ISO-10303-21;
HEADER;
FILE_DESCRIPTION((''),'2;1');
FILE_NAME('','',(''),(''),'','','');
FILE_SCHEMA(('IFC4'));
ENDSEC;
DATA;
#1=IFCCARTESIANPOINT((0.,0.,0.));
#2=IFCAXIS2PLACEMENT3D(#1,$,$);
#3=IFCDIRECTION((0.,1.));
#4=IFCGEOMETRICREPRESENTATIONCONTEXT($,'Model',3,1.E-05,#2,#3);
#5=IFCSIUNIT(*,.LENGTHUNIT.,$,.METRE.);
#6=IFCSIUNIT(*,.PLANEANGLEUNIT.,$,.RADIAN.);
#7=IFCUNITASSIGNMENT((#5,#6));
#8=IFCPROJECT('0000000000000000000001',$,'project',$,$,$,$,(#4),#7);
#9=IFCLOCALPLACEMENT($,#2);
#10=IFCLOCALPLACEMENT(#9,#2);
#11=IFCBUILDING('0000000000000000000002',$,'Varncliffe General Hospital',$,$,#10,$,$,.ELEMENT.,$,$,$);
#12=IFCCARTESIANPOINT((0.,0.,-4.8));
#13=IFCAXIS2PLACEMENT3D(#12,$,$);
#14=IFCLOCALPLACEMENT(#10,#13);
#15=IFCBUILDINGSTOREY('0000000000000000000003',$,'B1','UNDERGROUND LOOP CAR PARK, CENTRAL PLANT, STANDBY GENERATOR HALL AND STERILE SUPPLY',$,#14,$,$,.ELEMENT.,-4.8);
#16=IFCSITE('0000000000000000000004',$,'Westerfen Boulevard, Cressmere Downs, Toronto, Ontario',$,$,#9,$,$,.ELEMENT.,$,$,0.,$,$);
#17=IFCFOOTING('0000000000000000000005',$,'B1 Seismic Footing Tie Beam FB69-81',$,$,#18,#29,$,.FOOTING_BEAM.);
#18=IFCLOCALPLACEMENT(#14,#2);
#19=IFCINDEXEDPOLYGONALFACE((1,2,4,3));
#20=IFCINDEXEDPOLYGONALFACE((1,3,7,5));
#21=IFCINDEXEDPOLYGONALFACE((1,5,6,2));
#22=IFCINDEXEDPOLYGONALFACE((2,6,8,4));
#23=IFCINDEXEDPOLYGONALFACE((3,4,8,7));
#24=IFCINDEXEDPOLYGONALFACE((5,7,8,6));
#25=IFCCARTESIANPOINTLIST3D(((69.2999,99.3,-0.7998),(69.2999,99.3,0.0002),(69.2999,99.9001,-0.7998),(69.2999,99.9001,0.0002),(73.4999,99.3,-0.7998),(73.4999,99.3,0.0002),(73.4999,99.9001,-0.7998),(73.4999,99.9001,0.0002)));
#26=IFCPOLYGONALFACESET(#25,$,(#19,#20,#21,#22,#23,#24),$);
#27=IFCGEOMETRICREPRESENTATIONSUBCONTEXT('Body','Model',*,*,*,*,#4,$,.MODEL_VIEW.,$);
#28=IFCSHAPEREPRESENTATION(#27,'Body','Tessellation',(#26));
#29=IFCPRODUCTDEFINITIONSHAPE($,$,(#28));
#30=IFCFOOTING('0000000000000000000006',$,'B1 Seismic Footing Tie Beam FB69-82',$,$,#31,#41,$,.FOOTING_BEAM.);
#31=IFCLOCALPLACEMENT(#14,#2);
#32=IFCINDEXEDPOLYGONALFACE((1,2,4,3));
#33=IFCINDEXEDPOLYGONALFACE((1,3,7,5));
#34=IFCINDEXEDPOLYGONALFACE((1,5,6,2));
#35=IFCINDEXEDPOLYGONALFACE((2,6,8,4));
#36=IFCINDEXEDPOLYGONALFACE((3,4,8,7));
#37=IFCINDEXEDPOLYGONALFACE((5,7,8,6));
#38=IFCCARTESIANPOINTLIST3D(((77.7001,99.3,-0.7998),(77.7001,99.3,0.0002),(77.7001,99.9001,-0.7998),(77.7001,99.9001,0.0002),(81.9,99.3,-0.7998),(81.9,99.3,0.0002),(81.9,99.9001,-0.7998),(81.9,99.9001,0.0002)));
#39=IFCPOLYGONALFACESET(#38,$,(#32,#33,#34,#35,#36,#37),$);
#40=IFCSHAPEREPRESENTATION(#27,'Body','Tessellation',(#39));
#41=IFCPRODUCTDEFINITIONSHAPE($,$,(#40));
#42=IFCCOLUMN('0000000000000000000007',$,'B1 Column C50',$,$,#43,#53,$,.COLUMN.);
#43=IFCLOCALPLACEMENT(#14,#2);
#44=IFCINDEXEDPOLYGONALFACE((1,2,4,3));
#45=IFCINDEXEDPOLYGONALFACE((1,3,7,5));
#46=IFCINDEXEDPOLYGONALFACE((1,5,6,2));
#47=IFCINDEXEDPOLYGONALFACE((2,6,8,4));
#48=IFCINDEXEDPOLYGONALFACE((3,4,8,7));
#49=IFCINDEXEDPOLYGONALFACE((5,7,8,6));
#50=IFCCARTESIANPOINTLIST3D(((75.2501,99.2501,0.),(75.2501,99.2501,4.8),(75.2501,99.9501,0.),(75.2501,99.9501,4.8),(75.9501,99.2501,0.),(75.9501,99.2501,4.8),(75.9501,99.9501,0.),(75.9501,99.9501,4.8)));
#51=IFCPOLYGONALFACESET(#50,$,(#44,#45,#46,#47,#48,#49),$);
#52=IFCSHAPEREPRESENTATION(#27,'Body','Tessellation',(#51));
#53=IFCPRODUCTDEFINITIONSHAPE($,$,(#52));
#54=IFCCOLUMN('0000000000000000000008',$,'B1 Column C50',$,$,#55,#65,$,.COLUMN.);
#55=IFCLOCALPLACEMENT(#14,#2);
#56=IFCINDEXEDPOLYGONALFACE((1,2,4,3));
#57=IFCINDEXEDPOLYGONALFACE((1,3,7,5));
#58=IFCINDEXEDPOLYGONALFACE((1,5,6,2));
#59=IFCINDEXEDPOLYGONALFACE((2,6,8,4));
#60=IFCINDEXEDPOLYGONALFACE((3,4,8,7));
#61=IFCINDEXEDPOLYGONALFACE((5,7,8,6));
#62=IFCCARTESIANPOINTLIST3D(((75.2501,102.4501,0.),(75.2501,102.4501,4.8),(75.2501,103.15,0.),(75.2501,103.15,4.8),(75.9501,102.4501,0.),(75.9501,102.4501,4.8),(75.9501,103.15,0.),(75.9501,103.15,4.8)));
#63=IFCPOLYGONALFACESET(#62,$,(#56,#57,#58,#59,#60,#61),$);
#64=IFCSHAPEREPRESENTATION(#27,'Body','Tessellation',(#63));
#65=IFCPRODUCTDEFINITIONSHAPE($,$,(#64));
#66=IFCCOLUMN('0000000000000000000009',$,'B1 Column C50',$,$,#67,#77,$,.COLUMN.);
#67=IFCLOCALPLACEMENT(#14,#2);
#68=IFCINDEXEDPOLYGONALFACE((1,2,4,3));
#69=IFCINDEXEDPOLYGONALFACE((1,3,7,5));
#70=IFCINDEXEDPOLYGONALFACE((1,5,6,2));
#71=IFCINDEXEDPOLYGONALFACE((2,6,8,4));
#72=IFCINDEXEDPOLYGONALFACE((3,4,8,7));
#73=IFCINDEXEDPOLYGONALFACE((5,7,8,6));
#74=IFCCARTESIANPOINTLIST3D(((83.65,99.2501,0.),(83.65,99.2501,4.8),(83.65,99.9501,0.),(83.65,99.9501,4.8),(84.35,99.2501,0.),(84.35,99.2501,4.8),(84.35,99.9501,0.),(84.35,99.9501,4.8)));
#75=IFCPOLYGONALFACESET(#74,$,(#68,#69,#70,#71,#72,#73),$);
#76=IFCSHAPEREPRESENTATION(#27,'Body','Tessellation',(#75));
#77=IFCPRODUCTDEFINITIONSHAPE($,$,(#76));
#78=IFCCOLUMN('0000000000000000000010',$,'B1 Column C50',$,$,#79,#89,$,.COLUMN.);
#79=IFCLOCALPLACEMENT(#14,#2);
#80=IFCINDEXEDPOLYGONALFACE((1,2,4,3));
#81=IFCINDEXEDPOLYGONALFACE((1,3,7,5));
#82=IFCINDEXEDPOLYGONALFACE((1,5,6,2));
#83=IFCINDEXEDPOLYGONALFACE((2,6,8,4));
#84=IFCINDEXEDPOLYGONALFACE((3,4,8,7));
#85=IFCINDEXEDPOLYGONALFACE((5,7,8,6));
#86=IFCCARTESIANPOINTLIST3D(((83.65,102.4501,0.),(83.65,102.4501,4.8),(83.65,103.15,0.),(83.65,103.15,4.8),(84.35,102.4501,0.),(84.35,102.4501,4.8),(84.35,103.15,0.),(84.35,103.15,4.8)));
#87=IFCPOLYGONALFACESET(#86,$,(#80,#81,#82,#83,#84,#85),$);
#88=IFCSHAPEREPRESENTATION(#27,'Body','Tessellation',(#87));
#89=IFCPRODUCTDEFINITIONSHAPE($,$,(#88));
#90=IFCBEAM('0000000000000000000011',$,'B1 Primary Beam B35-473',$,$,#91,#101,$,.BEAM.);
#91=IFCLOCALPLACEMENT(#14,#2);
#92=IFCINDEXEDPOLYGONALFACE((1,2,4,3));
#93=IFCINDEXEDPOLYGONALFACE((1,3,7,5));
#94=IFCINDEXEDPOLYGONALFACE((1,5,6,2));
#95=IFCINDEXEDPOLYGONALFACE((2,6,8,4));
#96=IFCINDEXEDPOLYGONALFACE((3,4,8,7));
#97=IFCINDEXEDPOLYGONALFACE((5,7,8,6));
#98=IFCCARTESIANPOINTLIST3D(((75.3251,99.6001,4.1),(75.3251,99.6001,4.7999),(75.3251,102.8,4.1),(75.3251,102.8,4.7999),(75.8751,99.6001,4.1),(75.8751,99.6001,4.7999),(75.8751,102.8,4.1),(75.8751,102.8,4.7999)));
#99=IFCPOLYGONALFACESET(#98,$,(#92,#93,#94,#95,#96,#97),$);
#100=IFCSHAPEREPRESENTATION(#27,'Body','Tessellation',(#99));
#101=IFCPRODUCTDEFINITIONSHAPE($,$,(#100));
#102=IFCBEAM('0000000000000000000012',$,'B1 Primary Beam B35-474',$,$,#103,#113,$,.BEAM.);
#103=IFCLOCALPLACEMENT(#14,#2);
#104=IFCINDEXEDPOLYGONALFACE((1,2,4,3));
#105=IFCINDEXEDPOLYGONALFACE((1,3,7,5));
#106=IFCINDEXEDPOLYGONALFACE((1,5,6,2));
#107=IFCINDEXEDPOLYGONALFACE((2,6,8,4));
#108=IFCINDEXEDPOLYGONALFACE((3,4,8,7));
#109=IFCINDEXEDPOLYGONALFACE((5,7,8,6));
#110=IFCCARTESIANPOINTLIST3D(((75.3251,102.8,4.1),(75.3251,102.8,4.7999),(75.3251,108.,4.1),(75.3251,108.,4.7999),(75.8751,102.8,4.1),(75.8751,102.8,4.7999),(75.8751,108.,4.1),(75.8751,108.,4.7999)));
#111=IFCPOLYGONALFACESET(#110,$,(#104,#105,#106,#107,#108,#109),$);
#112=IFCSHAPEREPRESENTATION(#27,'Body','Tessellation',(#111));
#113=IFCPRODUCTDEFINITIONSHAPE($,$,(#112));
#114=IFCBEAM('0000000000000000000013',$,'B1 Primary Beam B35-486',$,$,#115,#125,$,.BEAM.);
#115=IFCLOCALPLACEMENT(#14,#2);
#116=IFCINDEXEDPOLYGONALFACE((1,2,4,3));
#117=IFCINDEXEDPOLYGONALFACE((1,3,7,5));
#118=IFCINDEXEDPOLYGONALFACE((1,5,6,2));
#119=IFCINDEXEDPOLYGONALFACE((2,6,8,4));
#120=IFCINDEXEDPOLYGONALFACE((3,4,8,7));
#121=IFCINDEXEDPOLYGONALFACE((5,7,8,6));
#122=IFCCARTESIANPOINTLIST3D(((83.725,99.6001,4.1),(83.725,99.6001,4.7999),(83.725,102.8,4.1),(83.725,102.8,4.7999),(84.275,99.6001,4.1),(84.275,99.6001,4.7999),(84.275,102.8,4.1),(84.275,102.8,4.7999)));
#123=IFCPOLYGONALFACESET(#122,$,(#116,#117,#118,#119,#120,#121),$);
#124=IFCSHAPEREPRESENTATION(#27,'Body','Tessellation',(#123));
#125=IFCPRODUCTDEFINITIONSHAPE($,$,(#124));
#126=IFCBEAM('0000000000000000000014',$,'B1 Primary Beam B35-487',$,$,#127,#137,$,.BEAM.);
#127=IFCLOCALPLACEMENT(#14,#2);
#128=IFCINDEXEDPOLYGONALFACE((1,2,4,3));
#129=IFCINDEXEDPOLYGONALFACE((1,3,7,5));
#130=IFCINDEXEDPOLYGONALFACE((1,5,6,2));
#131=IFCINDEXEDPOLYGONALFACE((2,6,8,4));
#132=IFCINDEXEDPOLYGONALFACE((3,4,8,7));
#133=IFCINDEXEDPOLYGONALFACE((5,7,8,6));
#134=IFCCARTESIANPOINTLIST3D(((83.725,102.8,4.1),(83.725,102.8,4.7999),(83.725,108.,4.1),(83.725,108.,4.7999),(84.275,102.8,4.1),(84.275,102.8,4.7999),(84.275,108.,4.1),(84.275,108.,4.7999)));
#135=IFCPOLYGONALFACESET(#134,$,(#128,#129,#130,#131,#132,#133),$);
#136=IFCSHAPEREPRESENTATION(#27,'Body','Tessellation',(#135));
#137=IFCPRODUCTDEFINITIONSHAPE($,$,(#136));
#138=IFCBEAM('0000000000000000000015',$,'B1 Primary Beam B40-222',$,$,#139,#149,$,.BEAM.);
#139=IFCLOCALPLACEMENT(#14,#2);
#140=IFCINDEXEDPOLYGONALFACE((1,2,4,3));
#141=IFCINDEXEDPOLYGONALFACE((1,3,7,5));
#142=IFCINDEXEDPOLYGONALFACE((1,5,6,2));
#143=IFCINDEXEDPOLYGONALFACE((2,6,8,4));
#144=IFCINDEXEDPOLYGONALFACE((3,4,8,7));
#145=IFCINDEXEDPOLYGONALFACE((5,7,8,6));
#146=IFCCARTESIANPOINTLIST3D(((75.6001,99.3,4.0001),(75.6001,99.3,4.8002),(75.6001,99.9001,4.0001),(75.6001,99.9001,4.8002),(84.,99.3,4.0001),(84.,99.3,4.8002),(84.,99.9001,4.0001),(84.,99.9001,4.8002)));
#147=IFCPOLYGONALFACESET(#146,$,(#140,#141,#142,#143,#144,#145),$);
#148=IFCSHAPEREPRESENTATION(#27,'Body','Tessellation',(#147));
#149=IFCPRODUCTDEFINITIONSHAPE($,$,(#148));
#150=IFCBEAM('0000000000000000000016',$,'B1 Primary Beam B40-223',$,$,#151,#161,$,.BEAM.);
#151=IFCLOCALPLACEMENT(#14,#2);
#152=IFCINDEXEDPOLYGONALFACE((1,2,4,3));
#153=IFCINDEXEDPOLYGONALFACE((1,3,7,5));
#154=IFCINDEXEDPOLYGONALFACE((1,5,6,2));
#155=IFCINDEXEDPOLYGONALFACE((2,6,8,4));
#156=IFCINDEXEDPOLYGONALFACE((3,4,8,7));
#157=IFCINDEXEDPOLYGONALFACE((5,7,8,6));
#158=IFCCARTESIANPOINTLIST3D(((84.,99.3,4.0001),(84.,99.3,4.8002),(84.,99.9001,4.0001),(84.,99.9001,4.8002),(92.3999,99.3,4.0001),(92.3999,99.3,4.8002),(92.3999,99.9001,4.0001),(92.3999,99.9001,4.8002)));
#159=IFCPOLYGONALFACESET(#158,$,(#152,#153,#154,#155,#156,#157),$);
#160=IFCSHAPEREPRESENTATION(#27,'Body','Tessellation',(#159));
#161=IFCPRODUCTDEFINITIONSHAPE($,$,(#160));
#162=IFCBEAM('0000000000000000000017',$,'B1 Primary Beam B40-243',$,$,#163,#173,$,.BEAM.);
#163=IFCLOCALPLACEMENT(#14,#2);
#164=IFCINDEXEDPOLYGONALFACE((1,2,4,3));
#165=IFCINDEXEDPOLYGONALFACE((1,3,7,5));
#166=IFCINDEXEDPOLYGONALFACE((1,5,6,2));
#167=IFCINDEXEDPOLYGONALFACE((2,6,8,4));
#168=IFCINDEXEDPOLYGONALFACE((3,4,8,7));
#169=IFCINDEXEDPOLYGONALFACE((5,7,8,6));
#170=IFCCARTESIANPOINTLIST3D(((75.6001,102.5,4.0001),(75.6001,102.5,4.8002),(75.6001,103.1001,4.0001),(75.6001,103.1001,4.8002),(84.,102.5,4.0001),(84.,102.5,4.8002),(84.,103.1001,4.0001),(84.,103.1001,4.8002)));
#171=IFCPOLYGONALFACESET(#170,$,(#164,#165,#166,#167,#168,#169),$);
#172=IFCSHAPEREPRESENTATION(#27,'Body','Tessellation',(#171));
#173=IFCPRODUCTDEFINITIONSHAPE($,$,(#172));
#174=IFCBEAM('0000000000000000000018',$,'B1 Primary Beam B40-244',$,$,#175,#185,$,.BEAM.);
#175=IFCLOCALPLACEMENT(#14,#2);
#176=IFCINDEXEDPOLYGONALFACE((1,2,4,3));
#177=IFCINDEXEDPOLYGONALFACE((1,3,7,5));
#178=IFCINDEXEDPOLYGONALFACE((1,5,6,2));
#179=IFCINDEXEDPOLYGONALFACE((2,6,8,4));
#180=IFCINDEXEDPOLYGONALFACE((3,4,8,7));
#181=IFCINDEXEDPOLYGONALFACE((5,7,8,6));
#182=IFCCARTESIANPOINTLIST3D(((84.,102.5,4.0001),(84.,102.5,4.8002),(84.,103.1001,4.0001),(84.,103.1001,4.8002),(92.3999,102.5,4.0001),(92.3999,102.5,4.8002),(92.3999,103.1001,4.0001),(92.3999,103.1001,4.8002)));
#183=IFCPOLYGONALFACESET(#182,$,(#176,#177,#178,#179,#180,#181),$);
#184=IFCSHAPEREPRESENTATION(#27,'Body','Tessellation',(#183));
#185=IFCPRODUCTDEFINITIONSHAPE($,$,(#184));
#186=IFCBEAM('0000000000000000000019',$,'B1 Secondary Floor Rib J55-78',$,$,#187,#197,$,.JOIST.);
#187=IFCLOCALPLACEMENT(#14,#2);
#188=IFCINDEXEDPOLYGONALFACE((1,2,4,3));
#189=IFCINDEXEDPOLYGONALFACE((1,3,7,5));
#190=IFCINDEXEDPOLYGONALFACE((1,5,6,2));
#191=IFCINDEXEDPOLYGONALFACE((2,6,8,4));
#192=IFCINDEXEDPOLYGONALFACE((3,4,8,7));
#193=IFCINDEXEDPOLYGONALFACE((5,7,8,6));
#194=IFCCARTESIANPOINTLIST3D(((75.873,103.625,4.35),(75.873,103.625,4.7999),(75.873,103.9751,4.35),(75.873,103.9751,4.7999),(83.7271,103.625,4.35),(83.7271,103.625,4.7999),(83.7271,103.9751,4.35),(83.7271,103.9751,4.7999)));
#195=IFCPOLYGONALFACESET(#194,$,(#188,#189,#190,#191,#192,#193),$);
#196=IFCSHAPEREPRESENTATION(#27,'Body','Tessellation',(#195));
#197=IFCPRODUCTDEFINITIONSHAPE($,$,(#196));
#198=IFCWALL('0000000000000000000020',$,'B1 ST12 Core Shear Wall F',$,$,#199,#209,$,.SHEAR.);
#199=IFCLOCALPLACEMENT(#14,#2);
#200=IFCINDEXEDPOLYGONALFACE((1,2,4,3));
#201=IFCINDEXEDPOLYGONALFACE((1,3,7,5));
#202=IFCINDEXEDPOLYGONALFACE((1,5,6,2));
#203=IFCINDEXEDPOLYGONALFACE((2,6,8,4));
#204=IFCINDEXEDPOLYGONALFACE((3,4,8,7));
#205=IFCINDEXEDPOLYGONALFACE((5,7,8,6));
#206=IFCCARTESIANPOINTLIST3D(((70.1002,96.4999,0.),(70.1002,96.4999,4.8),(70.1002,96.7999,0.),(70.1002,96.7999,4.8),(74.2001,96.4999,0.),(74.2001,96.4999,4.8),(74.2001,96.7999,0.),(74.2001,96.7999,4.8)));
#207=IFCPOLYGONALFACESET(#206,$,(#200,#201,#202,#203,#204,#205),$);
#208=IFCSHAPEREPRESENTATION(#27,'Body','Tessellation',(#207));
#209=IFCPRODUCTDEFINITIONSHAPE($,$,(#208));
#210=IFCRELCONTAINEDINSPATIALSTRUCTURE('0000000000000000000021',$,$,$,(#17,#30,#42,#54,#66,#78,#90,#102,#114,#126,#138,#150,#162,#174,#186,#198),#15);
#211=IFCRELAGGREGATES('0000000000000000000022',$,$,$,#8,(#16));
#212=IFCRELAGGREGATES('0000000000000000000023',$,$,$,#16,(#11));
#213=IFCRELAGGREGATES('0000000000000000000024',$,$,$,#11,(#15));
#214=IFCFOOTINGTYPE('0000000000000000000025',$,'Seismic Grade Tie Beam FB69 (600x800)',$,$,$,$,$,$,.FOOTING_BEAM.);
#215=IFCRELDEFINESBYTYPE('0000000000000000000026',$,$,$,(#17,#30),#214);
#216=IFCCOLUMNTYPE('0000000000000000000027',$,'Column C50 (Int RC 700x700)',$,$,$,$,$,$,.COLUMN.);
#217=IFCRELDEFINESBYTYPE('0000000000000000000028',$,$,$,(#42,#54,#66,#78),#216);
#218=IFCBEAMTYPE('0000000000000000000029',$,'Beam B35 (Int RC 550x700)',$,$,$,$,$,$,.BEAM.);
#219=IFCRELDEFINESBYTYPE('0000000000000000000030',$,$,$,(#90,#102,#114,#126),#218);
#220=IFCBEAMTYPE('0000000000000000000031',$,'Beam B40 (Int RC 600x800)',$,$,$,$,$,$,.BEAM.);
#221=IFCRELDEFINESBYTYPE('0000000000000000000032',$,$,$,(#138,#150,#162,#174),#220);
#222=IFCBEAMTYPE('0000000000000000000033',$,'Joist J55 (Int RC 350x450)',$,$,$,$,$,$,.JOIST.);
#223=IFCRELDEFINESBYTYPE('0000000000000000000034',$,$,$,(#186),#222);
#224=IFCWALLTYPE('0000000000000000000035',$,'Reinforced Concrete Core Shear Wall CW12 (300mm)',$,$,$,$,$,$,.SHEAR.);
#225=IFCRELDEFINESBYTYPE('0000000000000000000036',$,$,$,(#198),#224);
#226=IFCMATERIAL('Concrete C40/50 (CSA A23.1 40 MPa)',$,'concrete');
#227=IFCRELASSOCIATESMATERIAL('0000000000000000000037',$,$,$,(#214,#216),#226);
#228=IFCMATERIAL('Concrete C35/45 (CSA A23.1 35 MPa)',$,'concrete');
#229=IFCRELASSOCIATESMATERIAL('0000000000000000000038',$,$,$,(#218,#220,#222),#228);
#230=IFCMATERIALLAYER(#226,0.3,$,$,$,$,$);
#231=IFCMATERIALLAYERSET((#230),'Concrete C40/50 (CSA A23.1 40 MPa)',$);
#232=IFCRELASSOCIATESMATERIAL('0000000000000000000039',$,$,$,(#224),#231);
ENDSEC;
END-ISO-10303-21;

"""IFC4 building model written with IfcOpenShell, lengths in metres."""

from ifc_helpers import new_model, si_unit, direction, frame, frame_2d, origin, origin_2d, place, context, subcontext, project, spatial, rectangle, extrude, material, layer, layer_set, material_profile, profile_set, type_object, element, save


model = new_model("IFC4")

# Units and contexts
model_context = context("Model", 3, precision=1e-05, world=origin(), true_north=direction((0.0, 1.0)))
body_context = subcontext(model_context, "Body", "Model", "MODEL_VIEW")
ifc_project = project(units=[si_unit("LENGTHUNIT", "METRE"), si_unit("PLANEANGLEUNIT", "RADIAN")], contexts=[model_context])

# Site, building, storey
site_placement = place(None, origin())
site = spatial("IfcSite", under=ifc_project, at=site_placement, Name="Westerfen Boulevard, Cressmere Downs, Toronto, Ontario", CompositionType="ELEMENT", RefElevation=0.0)
building_placement = place(site_placement, origin())
building = spatial("IfcBuilding", under=site, at=building_placement, Name="Varncliffe General Hospital", CompositionType="ELEMENT")
storey_placement = place(building_placement, frame((0.0, 0.0, -4.8)))
storey = spatial("IfcBuildingStorey", under=building, at=storey_placement, Name="B1", Description="UNDERGROUND LOOP CAR PARK, CENTRAL PLANT, STANDBY GENERATOR HALL AND STERILE SUPPLY", CompositionType="ELEMENT", Elevation=-4.8)

# Shared definitions
ifc_material_1 = material(Name="Concrete C40/50 (CSA A23.1 40 MPa)", Category="concrete")

# Footings
footing_type_1 = type_object("IfcFootingType", Name="Seismic Grade Tie Beam FB69 (600x800)", PredefinedType="FOOTING_BEAM", material=ifc_material_1)
for number, where, z_axis, x_axis, name in (
    (1, (71.3999, 99.6001, -0.7998), (0.0, 0.0, 1.0), (1.0, 0.0, 0.0), "B1 Seismic Footing Tie Beam FB69-81"),
    (2, (79.8, 99.6001, -0.7998), (0.0, 0.0, 1.0), (1.0, 0.0, 0.0), "B1 Seismic Footing Tie Beam FB69-82"),
):
    element("IfcFooting", number, at=place(storey_placement, frame(where, z_axis=z_axis, x_axis=x_axis)), inside=storey, type_object=footing_type_1, Name=name, PredefinedType="FOOTING_BEAM", context=body_context, shape_type="SweptSolid", body=[
        extrude(rectangle(XDim=4.2, YDim=0.6001, at=origin_2d()), origin(), (0.0, 0.0, 1.0), 0.8),
    ])

# Columns
ifc_material_profile_1 = material_profile(ifc_material_1, rectangle(XDim=0.7, YDim=0.7, at=origin_2d()), Name="RC 700x700")
ifc_profile_set_1 = profile_set([ifc_material_profile_1], Name="Concrete C40/50 (CSA A23.1 40 MPa)")
column_type = type_object("IfcColumnType", Name="Column C50 (Int RC 700x700)", PredefinedType="COLUMN", material=ifc_profile_set_1)
for number, where, z_axis, x_axis, name in (
    (3, (75.6001, 99.6001, 0.0), (0.0, 0.0, 1.0), (1.0, 0.0, 0.0), "B1 Column C50"),
    (4, (75.6001, 102.8, 0.0), (0.0, 0.0, 1.0), (1.0, 0.0, 0.0), "B1 Column C50"),
    (5, (84.0, 99.6001, 0.0), (0.0, 0.0, 1.0), (1.0, 0.0, 0.0), "B1 Column C50"),
    (6, (84.0, 102.8, 0.0), (0.0, 0.0, 1.0), (1.0, 0.0, 0.0), "B1 Column C50"),
):
    element("IfcColumn", number, at=place(storey_placement, frame(where, z_axis=z_axis, x_axis=x_axis)), inside=storey, type_object=column_type, Name=name, PredefinedType="COLUMN", context=body_context, shape_type="SweptSolid", body=[
        extrude(rectangle(XDim=0.7, YDim=0.7, at=origin_2d()), origin(), (0.0, 0.0, 1.0), 4.8),
    ])

# Beams
ifc_material_2 = material(Name="Concrete C35/45 (CSA A23.1 35 MPa)", Category="concrete")
ifc_material_profile_2 = material_profile(ifc_material_2, rectangle(XDim=0.55, YDim=0.7, at=origin_2d()), Name="RC 550x700")
ifc_profile_set_2 = profile_set([ifc_material_profile_2], Name="Concrete C35/45 (CSA A23.1 35 MPa)")
beam_type_1 = type_object("IfcBeamType", Name="Beam B35 (Int RC 550x700)", PredefinedType="BEAM", material=ifc_profile_set_2)
beam_1_placement = place(storey_placement, frame((75.6001, 99.6001, 4.45), z_axis=(0.0, 1.0, 0.0), x_axis=(-1.0, 0.0, 0.0)))
element("IfcBeam", 7, at=beam_1_placement, inside=storey, type_object=beam_type_1, Name="B1 Primary Beam B35-473", PredefinedType="BEAM", context=body_context, shape_type="SweptSolid", body=[
    extrude(rectangle(XDim=0.55, YDim=0.7, at=origin_2d()), origin(), (0.0, 0.0, 1.0), 3.2),
])
beam_2_placement = place(storey_placement, frame((75.6001, 102.8, 4.45), z_axis=(0.0, 1.0, 0.0), x_axis=(-1.0, 0.0, 0.0)))
element("IfcBeam", 8, at=beam_2_placement, inside=storey, type_object=beam_type_1, Name="B1 Primary Beam B35-474", PredefinedType="BEAM", context=body_context, shape_type="SweptSolid", body=[
    extrude(rectangle(XDim=0.55, YDim=0.7, at=origin_2d()), origin(), (0.0, 0.0, 1.0), 5.2),
])
beam_3_placement = place(storey_placement, frame((84.0, 99.6001, 4.45), z_axis=(0.0, 1.0, 0.0), x_axis=(-1.0, 0.0, 0.0)))
element("IfcBeam", 9, at=beam_3_placement, inside=storey, type_object=beam_type_1, Name="B1 Primary Beam B35-486", PredefinedType="BEAM", context=body_context, shape_type="SweptSolid", body=[
    extrude(rectangle(XDim=0.55, YDim=0.7, at=origin_2d()), origin(), (0.0, 0.0, 1.0), 3.2),
])
beam_4_placement = place(storey_placement, frame((84.0, 102.8, 4.45), z_axis=(0.0, 1.0, 0.0), x_axis=(-1.0, 0.0, 0.0)))
element("IfcBeam", 10, at=beam_4_placement, inside=storey, type_object=beam_type_1, Name="B1 Primary Beam B35-487", PredefinedType="BEAM", context=body_context, shape_type="SweptSolid", body=[
    extrude(rectangle(XDim=0.55, YDim=0.7, at=origin_2d()), origin(), (0.0, 0.0, 1.0), 5.2),
])
ifc_material_profile_3 = material_profile(ifc_material_2, rectangle(XDim=0.6001, YDim=0.8, at=origin_2d()), Name="RC 600x800")
ifc_profile_set_3 = profile_set([ifc_material_profile_3], Name="Concrete C35/45 (CSA A23.1 35 MPa)")
beam_type_2 = type_object("IfcBeamType", Name="Beam B40 (Int RC 600x800)", PredefinedType="BEAM", material=ifc_profile_set_3)
for number, where, z_axis, x_axis, name in (
    (11, (75.6001, 99.6001, 4.4001), (1.0, 0.0, 0.0), (0.0, 1.0, 0.0), "B1 Primary Beam B40-222"),
    (12, (84.0, 99.6001, 4.4001), (1.0, 0.0, 0.0), (0.0, 1.0, 0.0), "B1 Primary Beam B40-223"),
    (13, (75.6001, 102.8, 4.4001), (1.0, 0.0, 0.0), (0.0, 1.0, 0.0), "B1 Primary Beam B40-243"),
    (14, (84.0, 102.8, 4.4001), (1.0, 0.0, 0.0), (0.0, 1.0, 0.0), "B1 Primary Beam B40-244"),
):
    element("IfcBeam", number, at=place(storey_placement, frame(where, z_axis=z_axis, x_axis=x_axis)), inside=storey, type_object=beam_type_2, Name=name, PredefinedType="BEAM", context=body_context, shape_type="SweptSolid", body=[
        extrude(rectangle(XDim=0.6001, YDim=0.8, at=origin_2d()), origin(), (0.0, 0.0, 1.0), 8.3999),
    ])
ifc_material_profile_4 = material_profile(ifc_material_2, rectangle(XDim=0.3501, YDim=0.45, at=origin_2d()), Name="RC 350x450")
ifc_profile_set_4 = profile_set([ifc_material_profile_4], Name="Concrete C35/45 (CSA A23.1 35 MPa)")
beam_type_3 = type_object("IfcBeamType", Name="Joist J55 (Int RC 350x450)", PredefinedType="JOIST", material=ifc_profile_set_4)
beam_5_placement = place(storey_placement, frame((75.873, 103.8, 4.575), z_axis=(1.0, 0.0, 0.0), x_axis=(0.0, 1.0, 0.0)))
element("IfcBeam", 15, at=beam_5_placement, inside=storey, type_object=beam_type_3, Name="B1 Secondary Floor Rib J55-78", PredefinedType="JOIST", context=body_context, shape_type="SweptSolid", body=[
    extrude(rectangle(XDim=0.3501, YDim=0.45, at=origin_2d()), origin(), (0.0, 0.0, 1.0), 7.854),
])

# Wall
ifc_layer = layer(ifc_material_1, 0.3)
ifc_layer_set = layer_set([ifc_layer], Name="Concrete C40/50 (CSA A23.1 40 MPa)")
wall_type = type_object("IfcWallType", Name="Reinforced Concrete Core Shear Wall CW12 (300mm)", PredefinedType="SHEAR", material=ifc_layer_set)
wall_1_placement = place(storey_placement, frame((74.2, 96.6499, 0.0), z_axis=(0.0, 0.0, 1.0), x_axis=(-1.0, 0.0, 0.0)))
element("IfcWall", 16, at=wall_1_placement, inside=storey, type_object=wall_type, Name="B1 ST12 Core Shear Wall F", PredefinedType="SHEAR", context=body_context, shape_type="SweptSolid", body=[
    extrude(rectangle(XDim=4.0999, YDim=0.3, at=frame_2d((2.0498, 0.0))), origin(), (0.0, 0.0, 1.0), 4.8),
])

save(model, "model.ifc")
